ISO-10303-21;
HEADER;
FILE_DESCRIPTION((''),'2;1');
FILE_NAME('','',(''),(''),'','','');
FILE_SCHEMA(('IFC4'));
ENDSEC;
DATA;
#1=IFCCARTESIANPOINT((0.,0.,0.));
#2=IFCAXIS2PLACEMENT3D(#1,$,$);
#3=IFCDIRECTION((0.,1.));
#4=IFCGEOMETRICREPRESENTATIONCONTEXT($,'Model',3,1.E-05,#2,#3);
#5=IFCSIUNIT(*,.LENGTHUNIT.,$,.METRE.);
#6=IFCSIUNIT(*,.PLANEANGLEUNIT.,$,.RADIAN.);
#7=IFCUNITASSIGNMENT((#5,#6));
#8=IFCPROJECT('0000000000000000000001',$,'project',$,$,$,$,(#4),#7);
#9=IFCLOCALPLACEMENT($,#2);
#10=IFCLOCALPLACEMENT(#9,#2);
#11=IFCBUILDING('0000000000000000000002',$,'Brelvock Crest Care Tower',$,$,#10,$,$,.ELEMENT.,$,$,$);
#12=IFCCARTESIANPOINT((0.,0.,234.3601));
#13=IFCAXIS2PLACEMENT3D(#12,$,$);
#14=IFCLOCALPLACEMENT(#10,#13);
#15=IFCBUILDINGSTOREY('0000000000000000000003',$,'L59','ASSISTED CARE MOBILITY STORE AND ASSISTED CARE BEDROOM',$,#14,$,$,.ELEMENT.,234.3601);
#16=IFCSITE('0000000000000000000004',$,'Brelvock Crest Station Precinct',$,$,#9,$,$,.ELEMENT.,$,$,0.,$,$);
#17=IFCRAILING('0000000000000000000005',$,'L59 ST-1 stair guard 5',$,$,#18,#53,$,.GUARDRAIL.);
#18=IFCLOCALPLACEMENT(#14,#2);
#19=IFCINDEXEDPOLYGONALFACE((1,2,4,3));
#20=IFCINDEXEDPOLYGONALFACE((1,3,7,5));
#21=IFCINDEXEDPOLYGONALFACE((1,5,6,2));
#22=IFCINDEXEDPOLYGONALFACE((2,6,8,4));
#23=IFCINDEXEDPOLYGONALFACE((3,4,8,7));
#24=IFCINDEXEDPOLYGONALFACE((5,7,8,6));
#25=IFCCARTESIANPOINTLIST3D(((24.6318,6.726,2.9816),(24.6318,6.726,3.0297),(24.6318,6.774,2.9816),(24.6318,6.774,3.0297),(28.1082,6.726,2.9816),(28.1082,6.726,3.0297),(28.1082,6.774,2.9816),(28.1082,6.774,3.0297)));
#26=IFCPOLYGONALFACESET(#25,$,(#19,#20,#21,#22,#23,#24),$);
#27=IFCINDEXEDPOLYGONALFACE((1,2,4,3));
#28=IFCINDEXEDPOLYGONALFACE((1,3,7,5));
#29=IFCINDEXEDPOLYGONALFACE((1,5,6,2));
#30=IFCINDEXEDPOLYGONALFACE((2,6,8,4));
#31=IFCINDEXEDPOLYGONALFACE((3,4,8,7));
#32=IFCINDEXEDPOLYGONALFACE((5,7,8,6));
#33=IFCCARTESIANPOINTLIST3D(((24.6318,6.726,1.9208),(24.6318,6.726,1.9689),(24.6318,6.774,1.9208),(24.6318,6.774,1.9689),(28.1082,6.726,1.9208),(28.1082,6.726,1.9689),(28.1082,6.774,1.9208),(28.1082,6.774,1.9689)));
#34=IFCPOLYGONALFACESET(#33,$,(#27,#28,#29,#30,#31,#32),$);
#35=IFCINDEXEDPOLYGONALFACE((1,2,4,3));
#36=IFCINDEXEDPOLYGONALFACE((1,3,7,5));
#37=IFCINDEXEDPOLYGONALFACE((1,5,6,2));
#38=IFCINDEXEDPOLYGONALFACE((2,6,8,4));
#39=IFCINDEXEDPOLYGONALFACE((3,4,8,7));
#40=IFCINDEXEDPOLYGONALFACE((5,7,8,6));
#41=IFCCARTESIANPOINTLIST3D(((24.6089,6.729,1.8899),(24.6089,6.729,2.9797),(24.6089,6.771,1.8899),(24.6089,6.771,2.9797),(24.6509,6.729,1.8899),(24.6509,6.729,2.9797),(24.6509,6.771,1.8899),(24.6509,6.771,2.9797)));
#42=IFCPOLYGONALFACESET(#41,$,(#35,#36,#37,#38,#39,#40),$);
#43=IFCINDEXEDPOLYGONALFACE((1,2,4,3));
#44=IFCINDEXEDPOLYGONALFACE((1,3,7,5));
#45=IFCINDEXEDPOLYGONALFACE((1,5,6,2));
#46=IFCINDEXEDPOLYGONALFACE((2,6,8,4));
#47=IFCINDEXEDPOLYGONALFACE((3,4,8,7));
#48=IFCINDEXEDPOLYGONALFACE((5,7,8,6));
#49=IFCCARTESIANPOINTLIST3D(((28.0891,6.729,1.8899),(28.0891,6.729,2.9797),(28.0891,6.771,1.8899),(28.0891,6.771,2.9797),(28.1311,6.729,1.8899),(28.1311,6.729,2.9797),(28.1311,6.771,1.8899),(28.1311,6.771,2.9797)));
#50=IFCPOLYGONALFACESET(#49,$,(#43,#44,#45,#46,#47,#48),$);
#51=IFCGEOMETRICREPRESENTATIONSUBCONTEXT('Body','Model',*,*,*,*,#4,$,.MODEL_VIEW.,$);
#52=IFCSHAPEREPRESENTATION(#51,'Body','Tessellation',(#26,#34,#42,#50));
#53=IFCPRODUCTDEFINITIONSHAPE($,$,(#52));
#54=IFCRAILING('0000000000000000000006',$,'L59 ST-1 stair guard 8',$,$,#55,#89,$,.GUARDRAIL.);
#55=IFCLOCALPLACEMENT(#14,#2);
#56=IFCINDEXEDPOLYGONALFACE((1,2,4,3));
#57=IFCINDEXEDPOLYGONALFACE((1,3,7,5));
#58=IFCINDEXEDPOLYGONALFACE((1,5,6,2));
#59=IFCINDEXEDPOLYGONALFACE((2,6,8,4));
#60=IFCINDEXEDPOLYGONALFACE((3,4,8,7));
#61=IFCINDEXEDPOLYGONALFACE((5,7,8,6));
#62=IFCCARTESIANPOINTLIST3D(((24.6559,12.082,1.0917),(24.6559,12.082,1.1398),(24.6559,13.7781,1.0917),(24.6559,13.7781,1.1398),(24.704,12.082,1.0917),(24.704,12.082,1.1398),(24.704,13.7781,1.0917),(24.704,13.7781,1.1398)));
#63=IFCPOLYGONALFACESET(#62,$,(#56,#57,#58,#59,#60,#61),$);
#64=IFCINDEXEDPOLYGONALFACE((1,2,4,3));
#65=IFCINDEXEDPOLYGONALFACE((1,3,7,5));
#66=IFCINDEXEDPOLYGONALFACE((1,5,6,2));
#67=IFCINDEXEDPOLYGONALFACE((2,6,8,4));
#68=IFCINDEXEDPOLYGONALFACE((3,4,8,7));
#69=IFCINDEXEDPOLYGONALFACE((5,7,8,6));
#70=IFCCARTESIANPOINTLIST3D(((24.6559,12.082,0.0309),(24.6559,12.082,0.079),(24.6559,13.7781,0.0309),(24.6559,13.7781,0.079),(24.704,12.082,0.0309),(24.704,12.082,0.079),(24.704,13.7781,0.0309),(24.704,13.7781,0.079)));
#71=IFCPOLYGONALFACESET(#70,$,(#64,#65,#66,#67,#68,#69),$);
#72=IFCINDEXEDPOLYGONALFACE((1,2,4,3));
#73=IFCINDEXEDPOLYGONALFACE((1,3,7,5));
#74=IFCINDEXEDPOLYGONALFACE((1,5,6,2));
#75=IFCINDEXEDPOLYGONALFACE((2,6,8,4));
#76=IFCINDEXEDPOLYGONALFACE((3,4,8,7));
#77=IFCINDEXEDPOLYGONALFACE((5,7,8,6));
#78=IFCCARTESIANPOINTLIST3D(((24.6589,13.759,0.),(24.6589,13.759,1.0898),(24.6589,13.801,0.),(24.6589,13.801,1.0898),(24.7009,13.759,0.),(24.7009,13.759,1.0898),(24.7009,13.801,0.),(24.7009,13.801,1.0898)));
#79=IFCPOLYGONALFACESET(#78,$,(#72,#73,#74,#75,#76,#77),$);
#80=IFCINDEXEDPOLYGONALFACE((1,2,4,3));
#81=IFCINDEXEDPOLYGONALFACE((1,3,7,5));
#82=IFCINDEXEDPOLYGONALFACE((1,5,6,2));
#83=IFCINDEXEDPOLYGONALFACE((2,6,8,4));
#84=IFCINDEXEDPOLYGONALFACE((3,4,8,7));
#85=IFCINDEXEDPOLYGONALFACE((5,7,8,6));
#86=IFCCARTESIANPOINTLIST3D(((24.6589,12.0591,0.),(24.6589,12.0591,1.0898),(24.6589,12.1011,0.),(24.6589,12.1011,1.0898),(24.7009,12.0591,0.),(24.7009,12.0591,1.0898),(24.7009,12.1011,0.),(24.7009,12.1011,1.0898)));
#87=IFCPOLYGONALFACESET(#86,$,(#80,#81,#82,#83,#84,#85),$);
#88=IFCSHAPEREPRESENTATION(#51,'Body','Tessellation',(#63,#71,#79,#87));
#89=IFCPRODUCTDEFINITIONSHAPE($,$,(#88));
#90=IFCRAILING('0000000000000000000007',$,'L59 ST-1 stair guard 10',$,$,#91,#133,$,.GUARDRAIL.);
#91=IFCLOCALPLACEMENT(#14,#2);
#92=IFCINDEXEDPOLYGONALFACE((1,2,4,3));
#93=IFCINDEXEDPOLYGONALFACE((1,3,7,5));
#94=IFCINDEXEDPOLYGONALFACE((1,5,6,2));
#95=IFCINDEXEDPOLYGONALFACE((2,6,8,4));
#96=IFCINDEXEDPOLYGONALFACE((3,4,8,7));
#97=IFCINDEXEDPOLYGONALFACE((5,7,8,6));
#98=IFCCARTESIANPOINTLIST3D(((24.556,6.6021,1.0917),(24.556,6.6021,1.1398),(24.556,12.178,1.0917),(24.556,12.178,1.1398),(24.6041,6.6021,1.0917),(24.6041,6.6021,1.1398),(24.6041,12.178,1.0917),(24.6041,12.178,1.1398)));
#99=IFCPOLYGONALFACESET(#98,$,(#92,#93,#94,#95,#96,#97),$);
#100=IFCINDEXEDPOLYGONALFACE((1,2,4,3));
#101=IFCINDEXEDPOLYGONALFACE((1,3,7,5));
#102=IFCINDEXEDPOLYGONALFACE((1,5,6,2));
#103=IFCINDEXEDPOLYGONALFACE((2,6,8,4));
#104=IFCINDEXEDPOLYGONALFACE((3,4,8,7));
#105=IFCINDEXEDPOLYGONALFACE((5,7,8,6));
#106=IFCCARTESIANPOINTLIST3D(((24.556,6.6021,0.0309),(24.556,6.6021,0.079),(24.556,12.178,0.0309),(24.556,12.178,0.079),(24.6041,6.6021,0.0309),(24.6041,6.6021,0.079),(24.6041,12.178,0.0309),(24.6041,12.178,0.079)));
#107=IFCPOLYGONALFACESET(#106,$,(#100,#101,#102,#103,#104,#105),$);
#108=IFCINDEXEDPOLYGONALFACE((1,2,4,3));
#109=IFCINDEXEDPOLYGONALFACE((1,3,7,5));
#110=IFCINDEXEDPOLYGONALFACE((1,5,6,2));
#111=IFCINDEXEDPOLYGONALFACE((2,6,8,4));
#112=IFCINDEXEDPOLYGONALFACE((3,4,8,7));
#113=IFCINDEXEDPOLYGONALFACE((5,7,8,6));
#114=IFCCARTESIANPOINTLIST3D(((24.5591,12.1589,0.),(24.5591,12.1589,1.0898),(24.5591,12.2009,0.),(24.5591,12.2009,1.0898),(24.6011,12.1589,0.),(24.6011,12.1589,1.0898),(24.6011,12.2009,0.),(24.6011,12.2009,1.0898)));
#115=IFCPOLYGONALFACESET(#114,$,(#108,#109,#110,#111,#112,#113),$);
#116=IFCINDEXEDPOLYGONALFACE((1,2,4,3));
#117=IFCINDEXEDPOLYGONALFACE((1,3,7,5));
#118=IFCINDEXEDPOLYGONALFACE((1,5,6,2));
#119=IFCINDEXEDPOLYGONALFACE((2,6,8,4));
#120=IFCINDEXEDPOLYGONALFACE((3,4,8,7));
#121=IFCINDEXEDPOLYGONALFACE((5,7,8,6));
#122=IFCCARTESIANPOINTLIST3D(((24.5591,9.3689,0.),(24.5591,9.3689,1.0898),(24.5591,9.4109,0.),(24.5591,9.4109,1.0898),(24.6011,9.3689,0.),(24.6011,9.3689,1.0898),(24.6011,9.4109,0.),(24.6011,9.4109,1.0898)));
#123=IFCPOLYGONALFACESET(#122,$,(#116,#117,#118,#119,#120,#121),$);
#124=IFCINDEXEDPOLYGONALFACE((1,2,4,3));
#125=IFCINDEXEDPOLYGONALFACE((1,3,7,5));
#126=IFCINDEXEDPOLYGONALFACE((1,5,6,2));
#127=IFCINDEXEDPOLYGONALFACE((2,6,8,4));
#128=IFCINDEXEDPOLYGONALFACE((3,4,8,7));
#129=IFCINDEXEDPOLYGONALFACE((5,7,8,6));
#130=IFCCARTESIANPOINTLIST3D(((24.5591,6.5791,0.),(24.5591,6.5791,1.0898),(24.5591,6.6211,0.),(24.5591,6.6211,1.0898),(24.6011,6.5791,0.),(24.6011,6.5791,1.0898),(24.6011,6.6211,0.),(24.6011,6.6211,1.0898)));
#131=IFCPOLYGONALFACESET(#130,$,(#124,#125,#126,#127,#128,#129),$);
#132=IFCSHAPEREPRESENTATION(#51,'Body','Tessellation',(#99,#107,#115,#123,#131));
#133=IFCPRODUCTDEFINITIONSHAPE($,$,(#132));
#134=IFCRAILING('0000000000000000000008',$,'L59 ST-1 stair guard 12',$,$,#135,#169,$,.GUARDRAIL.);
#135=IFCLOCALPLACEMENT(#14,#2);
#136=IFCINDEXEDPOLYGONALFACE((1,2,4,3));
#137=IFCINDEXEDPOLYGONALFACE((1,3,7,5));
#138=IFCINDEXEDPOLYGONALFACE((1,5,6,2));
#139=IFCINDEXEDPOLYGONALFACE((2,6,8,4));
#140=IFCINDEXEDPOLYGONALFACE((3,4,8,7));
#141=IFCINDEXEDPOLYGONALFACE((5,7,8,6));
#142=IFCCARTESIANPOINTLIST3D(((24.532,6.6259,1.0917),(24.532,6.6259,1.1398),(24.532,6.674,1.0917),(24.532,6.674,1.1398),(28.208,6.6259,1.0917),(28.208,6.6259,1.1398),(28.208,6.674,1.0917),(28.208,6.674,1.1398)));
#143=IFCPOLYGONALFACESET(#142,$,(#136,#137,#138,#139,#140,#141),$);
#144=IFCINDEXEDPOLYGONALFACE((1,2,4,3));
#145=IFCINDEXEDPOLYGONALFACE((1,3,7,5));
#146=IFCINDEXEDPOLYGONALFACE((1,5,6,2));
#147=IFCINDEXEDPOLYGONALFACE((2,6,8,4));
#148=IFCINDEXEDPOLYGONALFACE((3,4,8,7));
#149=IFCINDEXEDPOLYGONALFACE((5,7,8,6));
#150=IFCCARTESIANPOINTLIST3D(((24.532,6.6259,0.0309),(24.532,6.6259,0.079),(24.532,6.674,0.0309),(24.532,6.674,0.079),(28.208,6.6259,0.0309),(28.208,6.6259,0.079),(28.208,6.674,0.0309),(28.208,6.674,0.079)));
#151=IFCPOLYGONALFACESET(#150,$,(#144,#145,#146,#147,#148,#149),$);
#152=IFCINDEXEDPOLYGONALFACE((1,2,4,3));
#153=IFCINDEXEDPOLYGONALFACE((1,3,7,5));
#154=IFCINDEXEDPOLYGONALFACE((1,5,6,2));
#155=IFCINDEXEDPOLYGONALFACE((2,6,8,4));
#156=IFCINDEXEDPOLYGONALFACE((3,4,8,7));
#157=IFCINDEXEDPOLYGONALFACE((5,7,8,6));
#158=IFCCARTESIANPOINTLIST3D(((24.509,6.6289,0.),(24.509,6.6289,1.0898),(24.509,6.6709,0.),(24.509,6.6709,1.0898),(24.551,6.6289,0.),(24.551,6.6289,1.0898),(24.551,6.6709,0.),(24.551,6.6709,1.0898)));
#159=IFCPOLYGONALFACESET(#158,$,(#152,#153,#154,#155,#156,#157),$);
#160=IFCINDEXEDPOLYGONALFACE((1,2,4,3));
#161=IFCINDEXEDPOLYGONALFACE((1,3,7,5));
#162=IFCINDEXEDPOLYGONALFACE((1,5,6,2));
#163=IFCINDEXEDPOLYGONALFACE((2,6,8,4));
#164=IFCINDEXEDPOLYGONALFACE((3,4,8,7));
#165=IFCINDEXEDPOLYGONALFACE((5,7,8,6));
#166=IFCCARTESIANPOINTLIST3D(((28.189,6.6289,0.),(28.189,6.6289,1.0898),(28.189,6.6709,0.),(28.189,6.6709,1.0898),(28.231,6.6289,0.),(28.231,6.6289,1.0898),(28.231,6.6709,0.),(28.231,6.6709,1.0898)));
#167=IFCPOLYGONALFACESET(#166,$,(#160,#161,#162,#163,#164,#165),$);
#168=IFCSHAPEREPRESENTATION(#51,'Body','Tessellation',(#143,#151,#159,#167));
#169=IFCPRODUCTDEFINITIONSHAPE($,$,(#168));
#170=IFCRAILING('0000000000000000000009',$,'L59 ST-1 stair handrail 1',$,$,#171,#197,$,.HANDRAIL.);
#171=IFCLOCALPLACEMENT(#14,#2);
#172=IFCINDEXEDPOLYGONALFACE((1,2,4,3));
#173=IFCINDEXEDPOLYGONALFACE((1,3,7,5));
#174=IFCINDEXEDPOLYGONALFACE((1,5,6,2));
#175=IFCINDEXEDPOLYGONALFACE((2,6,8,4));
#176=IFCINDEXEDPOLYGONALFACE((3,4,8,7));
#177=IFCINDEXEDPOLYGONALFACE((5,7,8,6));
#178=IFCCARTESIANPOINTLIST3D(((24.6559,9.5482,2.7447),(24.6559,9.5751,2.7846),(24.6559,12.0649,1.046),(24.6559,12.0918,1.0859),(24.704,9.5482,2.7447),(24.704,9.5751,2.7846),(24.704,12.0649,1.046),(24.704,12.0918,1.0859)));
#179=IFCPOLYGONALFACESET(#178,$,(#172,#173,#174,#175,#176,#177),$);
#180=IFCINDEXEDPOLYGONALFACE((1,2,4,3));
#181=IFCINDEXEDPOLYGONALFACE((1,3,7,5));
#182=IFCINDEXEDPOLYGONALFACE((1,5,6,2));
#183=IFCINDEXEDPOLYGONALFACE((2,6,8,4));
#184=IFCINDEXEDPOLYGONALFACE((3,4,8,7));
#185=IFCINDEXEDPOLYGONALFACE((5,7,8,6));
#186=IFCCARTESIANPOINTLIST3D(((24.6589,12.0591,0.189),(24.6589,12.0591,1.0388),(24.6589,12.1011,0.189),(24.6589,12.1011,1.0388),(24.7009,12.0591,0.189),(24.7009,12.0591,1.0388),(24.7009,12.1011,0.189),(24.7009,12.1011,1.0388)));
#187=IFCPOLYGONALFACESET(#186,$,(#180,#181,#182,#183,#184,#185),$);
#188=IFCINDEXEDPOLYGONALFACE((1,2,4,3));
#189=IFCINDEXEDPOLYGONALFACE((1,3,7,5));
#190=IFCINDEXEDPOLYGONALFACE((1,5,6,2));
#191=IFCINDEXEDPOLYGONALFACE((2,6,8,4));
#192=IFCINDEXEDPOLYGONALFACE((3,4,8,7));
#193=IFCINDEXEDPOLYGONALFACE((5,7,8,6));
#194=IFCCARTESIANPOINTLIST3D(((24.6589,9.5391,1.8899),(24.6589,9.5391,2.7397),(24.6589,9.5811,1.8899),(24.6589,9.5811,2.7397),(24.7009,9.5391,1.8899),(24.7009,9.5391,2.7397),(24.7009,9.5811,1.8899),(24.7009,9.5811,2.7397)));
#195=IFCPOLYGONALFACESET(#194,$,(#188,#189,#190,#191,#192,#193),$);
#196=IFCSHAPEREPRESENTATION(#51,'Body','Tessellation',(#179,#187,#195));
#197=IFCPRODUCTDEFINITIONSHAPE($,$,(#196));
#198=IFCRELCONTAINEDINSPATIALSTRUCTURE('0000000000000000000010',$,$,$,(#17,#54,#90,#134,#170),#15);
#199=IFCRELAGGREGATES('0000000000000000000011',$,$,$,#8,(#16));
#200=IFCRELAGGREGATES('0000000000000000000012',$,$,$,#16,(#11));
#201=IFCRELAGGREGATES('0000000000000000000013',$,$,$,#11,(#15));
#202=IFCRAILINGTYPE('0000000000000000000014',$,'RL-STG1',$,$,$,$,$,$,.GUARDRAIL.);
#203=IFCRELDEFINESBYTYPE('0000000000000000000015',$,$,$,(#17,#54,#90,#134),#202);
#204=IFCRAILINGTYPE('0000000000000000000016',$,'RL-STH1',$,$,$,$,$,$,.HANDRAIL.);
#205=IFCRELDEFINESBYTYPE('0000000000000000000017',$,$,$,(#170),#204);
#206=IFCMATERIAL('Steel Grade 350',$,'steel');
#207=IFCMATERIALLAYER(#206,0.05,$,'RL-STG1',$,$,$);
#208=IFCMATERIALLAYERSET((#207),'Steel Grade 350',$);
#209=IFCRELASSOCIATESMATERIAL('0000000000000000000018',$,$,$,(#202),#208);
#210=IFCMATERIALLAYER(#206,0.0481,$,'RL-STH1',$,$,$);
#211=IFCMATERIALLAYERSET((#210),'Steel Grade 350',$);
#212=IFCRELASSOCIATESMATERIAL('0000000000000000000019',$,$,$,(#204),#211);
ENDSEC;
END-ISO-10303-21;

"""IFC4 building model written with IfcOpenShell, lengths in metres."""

from ifc_helpers import new_model, si_unit, direction, frame, origin, origin_2d, place, context, subcontext, project, spatial, rectangle, extrude, material, layer, layer_set, type_object, element, save


model = new_model("IFC4")

# Units and contexts
model_context = context("Model", 3, precision=1e-05, world=origin(), true_north=direction((0.0, 1.0)))
body_context = subcontext(model_context, "Body", "Model", "MODEL_VIEW")
ifc_project = project(units=[si_unit("LENGTHUNIT", "METRE"), si_unit("PLANEANGLEUNIT", "RADIAN")], contexts=[model_context])

# Site, building, storey
site_placement = place(None, origin())
site = spatial("IfcSite", under=ifc_project, at=site_placement, Name="Brelvock Crest Station Precinct", CompositionType="ELEMENT", RefElevation=0.0)
building_placement = place(site_placement, origin())
building = spatial("IfcBuilding", under=site, at=building_placement, Name="Brelvock Crest Care Tower", CompositionType="ELEMENT")
storey_placement = place(building_placement, frame((0.0, 0.0, 234.3601)))
storey = spatial("IfcBuildingStorey", under=building, at=storey_placement, Name="L59", Description="ASSISTED CARE MOBILITY STORE AND ASSISTED CARE BEDROOM", CompositionType="ELEMENT", Elevation=234.3601)

# Shared definitions
ifc_material_1 = material(Name="Steel Grade 350", Category="steel")

# Railings
ifc_layer_1 = layer(ifc_material_1, 0.05, Name="RL-STG1")
ifc_layer_set_1 = layer_set([ifc_layer_1], Name="Steel Grade 350")
railing_type_1 = type_object("IfcRailingType", Name="RL-STG1", PredefinedType="GUARDRAIL", material=ifc_layer_set_1)
railing_1_placement = place(storey_placement, frame((24.6299, 6.75, 1.8899)))
element("IfcRailing", 1, at=railing_1_placement, inside=storey, type_object=railing_type_1, Name="L59 ST-1 stair guard 5", PredefinedType="GUARDRAIL", context=body_context, shape_type="SweptSolid", body=[
    extrude(rectangle(XDim=0.0481, YDim=0.0481, at=origin_2d()), frame((0.002, 0.0, 1.1157), z_axis=(1.0, 0.0, 0.0), x_axis=(0.0, 1.0, 0.0)), (0.0, 0.0, 1.0), 3.4763),
    extrude(rectangle(XDim=0.0481, YDim=0.0481, at=origin_2d()), frame((0.002, 0.0, 0.0549), z_axis=(1.0, 0.0, 0.0), x_axis=(0.0, 1.0, 0.0)), (0.0, 0.0, 1.0), 3.4763),
    extrude(rectangle(XDim=0.042, YDim=0.042, at=origin_2d()), origin(), (0.0, 0.0, 1.0), 1.0898),
    extrude(rectangle(XDim=0.042, YDim=0.042, at=origin_2d()), frame((3.4802, 0.0, 0.0)), (0.0, 0.0, 1.0), 1.0898),
])
railing_2_placement = place(storey_placement, frame((24.6799, 13.78, 0.0)))
element("IfcRailing", 2, at=railing_2_placement, inside=storey, type_object=railing_type_1, Name="L59 ST-1 stair guard 8", PredefinedType="GUARDRAIL", context=body_context, shape_type="SweptSolid", body=[
    extrude(rectangle(XDim=0.0481, YDim=0.0481, at=origin_2d()), frame((0.0, -0.002, 1.1157), z_axis=(0.0, -1.0, 0.0), x_axis=(1.0, 0.0, 0.0)), (0.0, 0.0, 1.0), 1.696),
    extrude(rectangle(XDim=0.0481, YDim=0.0481, at=origin_2d()), frame((0.0, -0.002, 0.0549), z_axis=(0.0, -1.0, 0.0), x_axis=(1.0, 0.0, 0.0)), (0.0, 0.0, 1.0), 1.696),
    extrude(rectangle(XDim=0.042, YDim=0.042, at=origin_2d()), origin(), (0.0, 0.0, 1.0), 1.0898),
    extrude(rectangle(XDim=0.042, YDim=0.042, at=origin_2d()), frame((0.0, -1.7, 0.0)), (0.0, 0.0, 1.0), 1.0898),
])
railing_3_placement = place(storey_placement, frame((24.5801, 12.1799, 0.0)))
element("IfcRailing", 3, at=railing_3_placement, inside=storey, type_object=railing_type_1, Name="L59 ST-1 stair guard 10", PredefinedType="GUARDRAIL", context=body_context, shape_type="SweptSolid", body=[
    extrude(rectangle(XDim=0.0481, YDim=0.0481, at=origin_2d()), frame((0.0, -0.002, 1.1157), z_axis=(0.0, -1.0, 0.0), x_axis=(1.0, 0.0, 0.0)), (0.0, 0.0, 1.0), 5.5759),
    extrude(rectangle(XDim=0.0481, YDim=0.0481, at=origin_2d()), frame((0.0, -0.002, 0.0549), z_axis=(0.0, -1.0, 0.0), x_axis=(1.0, 0.0, 0.0)), (0.0, 0.0, 1.0), 5.5759),
    extrude(rectangle(XDim=0.042, YDim=0.042, at=origin_2d()), origin(), (0.0, 0.0, 1.0), 1.0898),
    extrude(rectangle(XDim=0.042, YDim=0.042, at=origin_2d()), frame((0.0, -2.79, 0.0)), (0.0, 0.0, 1.0), 1.0898),
    extrude(rectangle(XDim=0.042, YDim=0.042, at=origin_2d()), frame((0.0, -5.5798, 0.0)), (0.0, 0.0, 1.0), 1.0898),
])
railing_4_placement = place(storey_placement, frame((24.53, 6.6499, 0.0)))
element("IfcRailing", 4, at=railing_4_placement, inside=storey, type_object=railing_type_1, Name="L59 ST-1 stair guard 12", PredefinedType="GUARDRAIL", context=body_context, shape_type="SweptSolid", body=[
    extrude(rectangle(XDim=0.0481, YDim=0.0481, at=origin_2d()), frame((0.002, 0.0, 1.1157), z_axis=(1.0, 0.0, 0.0), x_axis=(0.0, 1.0, 0.0)), (0.0, 0.0, 1.0), 3.676),
    extrude(rectangle(XDim=0.0481, YDim=0.0481, at=origin_2d()), frame((0.002, 0.0, 0.0549), z_axis=(1.0, 0.0, 0.0), x_axis=(0.0, 1.0, 0.0)), (0.0, 0.0, 1.0), 3.676),
    extrude(rectangle(XDim=0.042, YDim=0.042, at=origin_2d()), origin(), (0.0, 0.0, 1.0), 1.0898),
    extrude(rectangle(XDim=0.042, YDim=0.042, at=origin_2d()), frame((3.6799, 0.0, 0.0)), (0.0, 0.0, 1.0), 1.0898),
])
ifc_layer_2 = layer(ifc_material_1, 0.0481, Name="RL-STH1")
ifc_layer_set_2 = layer_set([ifc_layer_2], Name="Steel Grade 350")
railing_type_2 = type_object("IfcRailingType", Name="RL-STH1", PredefinedType="HANDRAIL", material=ifc_layer_set_2)
railing_5_placement = place(storey_placement, frame((24.6799, 12.0801, 0.189)))
element("IfcRailing", 5, at=railing_5_placement, inside=storey, type_object=railing_type_2, Name="L59 ST-1 stair handrail 1", PredefinedType="HANDRAIL", context=body_context, shape_type="SweptSolid", body=[
    extrude(rectangle(XDim=0.0481, YDim=0.0481, at=origin_2d()), frame((0.0, -0.0017, 0.877), z_axis=(0.0, -0.828862, 0.559454), x_axis=(1.0, 0.0, 0.0)), (0.0, 0.0, 1.0), 3.0364),
    extrude(rectangle(XDim=0.042, YDim=0.042, at=origin_2d()), origin(), (0.0, 0.0, 1.0), 0.8499),
    extrude(rectangle(XDim=0.042, YDim=0.042, at=origin_2d()), frame((0.0, -2.52, 1.7009)), (0.0, 0.0, 1.0), 0.8499),
])

save(model, "model.ifc")
